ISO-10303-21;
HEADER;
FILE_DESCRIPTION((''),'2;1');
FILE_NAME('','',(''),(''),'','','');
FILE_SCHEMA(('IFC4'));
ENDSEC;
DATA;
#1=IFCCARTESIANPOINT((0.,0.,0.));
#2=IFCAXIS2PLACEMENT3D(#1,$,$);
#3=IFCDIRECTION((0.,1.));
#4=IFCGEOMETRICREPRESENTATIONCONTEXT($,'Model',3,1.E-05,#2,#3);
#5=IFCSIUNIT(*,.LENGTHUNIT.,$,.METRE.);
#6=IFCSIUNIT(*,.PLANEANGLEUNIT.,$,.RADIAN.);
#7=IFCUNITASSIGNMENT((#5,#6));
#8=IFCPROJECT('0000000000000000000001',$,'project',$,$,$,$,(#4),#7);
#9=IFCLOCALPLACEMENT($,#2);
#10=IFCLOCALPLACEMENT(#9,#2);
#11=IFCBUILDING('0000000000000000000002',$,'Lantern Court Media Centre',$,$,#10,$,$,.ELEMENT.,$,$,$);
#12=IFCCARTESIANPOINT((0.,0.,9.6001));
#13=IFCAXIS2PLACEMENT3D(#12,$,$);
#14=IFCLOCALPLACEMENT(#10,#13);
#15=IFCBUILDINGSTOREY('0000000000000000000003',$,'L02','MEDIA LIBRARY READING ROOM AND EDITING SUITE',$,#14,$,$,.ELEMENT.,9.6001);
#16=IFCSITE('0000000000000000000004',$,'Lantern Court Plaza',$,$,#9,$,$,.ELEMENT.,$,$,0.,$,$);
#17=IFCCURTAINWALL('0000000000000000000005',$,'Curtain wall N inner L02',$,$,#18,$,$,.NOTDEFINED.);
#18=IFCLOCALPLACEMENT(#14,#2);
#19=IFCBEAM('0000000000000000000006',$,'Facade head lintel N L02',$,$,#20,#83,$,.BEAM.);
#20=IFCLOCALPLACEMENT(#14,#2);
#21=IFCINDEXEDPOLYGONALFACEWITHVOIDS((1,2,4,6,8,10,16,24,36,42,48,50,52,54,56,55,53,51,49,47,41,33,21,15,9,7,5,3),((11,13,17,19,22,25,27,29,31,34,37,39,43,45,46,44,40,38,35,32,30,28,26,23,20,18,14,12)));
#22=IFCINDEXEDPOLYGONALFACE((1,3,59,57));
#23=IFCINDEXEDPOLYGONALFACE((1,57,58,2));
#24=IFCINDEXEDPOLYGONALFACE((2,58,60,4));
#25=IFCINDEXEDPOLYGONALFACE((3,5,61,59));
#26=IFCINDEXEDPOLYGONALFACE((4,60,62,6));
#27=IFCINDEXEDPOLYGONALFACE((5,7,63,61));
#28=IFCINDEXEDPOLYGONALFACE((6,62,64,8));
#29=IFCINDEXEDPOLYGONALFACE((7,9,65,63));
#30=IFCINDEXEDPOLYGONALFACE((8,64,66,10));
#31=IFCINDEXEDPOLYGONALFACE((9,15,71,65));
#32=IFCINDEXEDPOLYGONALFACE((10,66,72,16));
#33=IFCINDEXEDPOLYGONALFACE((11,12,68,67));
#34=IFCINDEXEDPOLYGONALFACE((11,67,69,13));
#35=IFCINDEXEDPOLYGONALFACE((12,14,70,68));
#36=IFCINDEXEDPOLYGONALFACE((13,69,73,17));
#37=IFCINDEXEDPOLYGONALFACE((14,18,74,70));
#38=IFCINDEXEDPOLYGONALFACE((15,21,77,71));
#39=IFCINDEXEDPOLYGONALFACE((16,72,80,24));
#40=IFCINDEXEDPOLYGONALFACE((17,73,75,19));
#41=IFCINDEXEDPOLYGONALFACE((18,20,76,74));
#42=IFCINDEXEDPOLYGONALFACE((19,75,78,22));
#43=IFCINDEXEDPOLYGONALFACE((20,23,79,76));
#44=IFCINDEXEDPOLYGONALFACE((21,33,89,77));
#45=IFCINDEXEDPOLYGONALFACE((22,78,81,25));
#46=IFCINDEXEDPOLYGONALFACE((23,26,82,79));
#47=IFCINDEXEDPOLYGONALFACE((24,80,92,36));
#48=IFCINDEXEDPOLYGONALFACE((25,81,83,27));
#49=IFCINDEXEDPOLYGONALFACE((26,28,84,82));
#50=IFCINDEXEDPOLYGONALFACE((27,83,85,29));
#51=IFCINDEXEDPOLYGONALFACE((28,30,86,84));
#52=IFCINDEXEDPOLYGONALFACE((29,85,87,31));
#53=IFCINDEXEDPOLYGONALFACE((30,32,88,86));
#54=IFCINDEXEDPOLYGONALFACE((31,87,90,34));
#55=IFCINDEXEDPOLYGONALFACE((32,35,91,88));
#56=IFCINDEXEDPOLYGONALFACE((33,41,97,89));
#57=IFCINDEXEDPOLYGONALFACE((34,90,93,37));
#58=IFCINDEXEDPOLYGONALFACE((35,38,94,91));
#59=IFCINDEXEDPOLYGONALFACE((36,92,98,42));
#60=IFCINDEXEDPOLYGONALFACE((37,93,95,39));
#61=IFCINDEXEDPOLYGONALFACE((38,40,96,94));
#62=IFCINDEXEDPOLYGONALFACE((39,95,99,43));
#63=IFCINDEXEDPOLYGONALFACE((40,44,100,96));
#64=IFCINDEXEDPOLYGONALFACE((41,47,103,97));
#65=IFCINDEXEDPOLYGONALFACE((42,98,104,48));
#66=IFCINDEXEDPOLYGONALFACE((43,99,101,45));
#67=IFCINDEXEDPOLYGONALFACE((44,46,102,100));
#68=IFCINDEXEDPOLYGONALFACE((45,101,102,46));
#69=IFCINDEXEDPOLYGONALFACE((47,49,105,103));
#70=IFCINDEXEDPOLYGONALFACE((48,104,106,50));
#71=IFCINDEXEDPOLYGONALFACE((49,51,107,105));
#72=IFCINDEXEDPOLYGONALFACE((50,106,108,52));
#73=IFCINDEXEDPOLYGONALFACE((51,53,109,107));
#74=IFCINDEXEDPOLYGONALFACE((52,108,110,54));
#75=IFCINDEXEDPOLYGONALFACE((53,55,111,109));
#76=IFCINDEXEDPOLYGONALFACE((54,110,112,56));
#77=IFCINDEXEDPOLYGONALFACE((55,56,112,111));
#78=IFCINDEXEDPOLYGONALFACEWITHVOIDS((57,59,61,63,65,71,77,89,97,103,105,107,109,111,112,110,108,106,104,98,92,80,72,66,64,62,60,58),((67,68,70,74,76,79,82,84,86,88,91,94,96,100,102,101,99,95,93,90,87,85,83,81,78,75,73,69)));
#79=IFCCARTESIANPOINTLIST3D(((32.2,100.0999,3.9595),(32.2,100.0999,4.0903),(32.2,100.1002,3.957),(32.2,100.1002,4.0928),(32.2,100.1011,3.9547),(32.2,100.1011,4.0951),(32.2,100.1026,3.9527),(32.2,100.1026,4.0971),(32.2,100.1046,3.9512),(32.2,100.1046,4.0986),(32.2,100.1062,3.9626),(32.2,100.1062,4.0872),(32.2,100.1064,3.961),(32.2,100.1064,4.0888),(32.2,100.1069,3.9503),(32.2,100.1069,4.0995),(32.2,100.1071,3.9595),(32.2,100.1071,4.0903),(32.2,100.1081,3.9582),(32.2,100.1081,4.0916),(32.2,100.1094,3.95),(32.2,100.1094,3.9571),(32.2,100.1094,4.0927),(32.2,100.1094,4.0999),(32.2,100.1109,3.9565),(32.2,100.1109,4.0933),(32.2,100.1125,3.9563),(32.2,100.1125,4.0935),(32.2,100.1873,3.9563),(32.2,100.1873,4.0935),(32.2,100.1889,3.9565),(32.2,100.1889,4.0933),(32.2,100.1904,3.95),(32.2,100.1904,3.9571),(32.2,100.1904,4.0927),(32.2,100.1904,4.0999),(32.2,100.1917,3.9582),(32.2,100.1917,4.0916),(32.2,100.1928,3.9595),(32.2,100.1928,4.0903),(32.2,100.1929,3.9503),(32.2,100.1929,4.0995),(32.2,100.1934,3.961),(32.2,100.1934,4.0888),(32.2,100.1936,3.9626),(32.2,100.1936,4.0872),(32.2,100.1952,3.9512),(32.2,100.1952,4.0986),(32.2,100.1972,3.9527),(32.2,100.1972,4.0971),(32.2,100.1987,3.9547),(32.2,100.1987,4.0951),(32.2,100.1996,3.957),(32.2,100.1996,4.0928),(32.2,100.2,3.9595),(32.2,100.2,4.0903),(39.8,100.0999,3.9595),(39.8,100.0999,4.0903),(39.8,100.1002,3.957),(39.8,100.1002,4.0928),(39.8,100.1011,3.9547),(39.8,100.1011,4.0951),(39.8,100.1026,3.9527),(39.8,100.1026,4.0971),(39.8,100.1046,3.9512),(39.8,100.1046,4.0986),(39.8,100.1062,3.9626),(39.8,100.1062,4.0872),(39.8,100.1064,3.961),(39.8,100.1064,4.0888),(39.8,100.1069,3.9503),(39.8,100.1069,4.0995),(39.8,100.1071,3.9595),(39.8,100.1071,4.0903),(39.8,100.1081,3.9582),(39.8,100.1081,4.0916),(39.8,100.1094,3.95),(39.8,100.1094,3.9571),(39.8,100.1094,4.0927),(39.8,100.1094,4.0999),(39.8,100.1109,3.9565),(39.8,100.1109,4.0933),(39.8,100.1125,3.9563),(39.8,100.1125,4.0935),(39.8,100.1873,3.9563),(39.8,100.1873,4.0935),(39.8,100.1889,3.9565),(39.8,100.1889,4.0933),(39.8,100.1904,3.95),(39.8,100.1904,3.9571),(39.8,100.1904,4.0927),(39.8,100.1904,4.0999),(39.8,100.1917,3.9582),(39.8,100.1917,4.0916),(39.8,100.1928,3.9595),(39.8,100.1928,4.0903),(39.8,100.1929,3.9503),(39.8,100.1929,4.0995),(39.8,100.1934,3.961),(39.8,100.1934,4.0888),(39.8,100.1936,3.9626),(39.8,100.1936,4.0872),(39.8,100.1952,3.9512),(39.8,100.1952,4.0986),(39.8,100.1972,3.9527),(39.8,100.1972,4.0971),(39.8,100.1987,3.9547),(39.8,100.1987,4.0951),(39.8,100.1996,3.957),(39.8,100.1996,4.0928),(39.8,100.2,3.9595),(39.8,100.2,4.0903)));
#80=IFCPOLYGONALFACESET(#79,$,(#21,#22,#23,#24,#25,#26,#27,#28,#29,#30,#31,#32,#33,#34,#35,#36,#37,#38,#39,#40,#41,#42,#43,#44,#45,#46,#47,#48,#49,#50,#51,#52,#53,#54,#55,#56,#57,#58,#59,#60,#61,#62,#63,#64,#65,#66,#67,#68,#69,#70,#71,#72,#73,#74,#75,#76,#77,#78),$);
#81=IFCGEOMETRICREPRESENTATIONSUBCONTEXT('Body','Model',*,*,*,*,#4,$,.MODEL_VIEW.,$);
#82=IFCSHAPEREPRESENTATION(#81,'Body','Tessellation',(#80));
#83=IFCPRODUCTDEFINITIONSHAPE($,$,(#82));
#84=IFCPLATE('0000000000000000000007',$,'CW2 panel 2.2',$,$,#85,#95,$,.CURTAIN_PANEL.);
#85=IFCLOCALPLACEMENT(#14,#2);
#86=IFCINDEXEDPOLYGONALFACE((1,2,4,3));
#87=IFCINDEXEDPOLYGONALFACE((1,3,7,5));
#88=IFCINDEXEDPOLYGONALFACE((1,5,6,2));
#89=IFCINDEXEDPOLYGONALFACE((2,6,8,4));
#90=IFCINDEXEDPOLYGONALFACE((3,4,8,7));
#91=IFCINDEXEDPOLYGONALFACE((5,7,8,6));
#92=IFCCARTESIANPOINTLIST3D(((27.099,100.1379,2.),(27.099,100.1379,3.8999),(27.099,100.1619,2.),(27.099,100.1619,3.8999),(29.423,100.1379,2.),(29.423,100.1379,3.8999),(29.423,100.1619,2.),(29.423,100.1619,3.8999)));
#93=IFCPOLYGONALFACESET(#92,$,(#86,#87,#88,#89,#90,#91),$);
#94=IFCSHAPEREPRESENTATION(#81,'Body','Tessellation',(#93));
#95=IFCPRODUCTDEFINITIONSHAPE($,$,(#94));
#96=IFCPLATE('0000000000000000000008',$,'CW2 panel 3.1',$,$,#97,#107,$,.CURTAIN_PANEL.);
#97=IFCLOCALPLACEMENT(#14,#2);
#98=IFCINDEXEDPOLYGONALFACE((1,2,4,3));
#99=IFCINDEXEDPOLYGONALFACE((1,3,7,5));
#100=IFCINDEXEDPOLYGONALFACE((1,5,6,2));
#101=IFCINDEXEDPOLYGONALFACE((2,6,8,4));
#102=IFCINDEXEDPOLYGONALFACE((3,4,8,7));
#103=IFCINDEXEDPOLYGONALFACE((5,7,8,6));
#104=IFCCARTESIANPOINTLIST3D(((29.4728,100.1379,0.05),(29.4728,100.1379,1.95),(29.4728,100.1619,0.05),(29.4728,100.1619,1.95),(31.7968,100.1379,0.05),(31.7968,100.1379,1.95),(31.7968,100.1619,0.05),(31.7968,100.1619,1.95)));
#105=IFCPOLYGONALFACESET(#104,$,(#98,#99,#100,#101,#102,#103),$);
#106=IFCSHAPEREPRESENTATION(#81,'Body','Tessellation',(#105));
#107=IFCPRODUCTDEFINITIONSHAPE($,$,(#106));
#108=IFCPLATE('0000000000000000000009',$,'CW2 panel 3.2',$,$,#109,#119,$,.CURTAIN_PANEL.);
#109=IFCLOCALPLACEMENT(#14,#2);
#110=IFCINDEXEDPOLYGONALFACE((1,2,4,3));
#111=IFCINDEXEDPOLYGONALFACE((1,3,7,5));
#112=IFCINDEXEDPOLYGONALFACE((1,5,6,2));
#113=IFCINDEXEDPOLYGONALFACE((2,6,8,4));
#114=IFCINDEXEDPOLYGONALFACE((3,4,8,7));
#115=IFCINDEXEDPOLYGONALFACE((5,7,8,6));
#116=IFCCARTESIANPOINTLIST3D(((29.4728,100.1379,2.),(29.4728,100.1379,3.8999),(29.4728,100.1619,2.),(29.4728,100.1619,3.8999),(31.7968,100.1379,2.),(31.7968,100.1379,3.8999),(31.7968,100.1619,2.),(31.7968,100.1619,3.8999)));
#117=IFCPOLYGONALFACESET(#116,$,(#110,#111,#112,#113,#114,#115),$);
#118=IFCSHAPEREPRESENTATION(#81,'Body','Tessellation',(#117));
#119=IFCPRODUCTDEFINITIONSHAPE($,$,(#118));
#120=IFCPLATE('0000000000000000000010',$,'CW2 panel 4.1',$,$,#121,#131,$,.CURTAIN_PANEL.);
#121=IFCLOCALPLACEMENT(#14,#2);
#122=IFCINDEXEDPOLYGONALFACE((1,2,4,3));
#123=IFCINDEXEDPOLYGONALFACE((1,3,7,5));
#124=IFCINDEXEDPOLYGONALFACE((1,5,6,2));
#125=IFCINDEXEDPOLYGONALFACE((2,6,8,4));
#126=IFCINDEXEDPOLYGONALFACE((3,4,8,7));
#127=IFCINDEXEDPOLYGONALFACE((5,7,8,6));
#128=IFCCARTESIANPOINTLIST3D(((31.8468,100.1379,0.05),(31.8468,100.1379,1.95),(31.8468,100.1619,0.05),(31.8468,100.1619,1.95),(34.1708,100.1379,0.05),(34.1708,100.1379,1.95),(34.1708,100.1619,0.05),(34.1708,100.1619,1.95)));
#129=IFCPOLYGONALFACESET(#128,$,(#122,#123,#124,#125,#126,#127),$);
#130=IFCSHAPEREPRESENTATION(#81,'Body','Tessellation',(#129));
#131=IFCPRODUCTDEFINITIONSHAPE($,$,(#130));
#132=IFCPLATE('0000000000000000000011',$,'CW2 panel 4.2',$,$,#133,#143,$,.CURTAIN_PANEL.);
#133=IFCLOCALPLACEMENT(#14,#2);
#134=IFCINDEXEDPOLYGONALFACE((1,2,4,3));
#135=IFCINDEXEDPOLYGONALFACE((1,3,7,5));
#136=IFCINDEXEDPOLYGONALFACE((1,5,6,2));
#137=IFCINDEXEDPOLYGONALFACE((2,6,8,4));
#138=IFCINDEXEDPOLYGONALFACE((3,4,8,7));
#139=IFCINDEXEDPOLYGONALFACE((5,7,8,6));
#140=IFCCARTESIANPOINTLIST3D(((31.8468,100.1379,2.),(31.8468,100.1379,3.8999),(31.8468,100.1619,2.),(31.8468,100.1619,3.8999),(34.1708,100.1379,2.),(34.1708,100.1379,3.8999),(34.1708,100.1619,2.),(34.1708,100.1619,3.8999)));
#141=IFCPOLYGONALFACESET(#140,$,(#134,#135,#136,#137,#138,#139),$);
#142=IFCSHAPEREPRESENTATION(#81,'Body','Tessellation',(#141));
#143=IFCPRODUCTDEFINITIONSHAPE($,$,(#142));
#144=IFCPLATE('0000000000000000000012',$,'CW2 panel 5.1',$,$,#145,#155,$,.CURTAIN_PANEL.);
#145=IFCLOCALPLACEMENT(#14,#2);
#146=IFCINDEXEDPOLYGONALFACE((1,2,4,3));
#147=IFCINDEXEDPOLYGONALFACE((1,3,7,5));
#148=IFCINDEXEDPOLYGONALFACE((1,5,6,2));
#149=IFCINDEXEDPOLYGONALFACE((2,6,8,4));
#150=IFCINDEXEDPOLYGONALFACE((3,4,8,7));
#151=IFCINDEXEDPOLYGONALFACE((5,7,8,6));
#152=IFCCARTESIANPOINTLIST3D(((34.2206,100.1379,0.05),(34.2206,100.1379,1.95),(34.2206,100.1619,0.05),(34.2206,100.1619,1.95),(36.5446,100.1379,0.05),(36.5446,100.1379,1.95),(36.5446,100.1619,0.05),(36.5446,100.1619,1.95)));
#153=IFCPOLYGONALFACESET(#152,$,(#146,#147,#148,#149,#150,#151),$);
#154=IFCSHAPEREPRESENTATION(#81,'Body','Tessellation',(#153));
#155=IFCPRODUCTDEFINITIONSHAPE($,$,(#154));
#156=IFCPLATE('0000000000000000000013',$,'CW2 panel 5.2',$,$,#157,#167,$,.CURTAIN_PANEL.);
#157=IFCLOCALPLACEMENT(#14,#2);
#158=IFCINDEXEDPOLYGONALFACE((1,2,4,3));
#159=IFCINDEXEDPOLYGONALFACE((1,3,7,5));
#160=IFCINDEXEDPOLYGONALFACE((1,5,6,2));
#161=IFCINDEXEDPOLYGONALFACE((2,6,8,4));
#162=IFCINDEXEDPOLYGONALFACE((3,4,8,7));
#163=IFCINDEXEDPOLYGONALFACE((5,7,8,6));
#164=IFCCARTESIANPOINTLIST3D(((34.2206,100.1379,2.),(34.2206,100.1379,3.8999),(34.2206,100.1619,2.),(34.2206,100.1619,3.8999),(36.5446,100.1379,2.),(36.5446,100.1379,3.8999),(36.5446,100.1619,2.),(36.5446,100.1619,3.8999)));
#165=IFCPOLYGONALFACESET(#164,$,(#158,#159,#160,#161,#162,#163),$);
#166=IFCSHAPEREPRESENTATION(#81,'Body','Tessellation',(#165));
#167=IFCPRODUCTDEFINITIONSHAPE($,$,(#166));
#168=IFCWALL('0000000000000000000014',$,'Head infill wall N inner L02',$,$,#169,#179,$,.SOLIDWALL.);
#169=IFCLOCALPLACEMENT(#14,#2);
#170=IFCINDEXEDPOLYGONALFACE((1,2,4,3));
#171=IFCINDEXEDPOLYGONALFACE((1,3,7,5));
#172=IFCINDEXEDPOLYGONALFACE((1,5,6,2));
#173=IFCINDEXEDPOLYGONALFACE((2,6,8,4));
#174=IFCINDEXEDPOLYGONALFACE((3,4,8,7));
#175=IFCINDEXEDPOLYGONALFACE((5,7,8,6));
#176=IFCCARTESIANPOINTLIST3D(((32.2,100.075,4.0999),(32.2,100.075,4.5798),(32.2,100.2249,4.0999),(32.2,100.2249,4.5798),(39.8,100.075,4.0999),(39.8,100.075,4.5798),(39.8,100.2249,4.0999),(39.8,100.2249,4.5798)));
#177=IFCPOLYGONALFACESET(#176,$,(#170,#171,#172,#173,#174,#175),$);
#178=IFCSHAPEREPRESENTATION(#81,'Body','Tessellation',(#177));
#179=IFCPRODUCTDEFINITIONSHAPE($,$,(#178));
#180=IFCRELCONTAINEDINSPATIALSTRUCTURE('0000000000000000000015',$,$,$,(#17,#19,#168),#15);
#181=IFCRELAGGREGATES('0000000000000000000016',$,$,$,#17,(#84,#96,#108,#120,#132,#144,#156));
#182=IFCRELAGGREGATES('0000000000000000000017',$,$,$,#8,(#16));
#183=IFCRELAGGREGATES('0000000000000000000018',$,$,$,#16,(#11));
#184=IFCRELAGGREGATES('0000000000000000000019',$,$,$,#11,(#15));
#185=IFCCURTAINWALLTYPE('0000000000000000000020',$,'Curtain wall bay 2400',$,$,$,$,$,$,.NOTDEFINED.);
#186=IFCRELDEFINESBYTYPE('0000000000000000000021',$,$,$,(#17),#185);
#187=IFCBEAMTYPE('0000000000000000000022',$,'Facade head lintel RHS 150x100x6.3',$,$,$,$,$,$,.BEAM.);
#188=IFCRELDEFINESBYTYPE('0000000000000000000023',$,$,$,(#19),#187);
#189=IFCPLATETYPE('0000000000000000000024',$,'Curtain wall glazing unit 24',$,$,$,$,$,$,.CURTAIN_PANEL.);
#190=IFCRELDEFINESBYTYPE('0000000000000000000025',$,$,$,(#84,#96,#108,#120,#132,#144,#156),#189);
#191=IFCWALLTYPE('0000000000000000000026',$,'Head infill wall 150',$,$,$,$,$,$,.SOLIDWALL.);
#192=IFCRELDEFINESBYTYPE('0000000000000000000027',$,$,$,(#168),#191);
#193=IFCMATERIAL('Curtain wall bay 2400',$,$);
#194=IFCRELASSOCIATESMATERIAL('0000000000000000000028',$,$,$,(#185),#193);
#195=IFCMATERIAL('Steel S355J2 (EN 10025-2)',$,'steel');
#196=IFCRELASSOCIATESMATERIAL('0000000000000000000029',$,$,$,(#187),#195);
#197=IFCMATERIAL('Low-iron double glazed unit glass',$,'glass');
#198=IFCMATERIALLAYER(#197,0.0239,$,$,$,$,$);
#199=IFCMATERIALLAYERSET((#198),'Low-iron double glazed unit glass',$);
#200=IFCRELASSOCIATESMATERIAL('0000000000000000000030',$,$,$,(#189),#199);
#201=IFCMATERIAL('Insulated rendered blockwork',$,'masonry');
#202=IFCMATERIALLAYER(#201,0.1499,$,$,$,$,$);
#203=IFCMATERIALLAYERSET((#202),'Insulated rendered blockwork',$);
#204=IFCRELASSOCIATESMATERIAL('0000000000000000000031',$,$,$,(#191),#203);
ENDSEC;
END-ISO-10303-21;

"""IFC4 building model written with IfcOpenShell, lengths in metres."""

from ifc_helpers import new_model, si_unit, direction, frame, frame_2d, origin, origin_2d, place, context, subcontext, project, spatial, rectangle, hollow_rectangle, extrude, material, layer, layer_set, material_profile, profile_set, type_object, element, aggregate, save


model = new_model("IFC4")

# Units and contexts
model_context = context("Model", 3, precision=1e-05, world=origin(), true_north=direction((0.0, 1.0)))
body_context = subcontext(model_context, "Body", "Model", "MODEL_VIEW")
ifc_project = project(units=[si_unit("LENGTHUNIT", "METRE"), si_unit("PLANEANGLEUNIT", "RADIAN")], contexts=[model_context])

# Site, building, storey
site_placement = place(None, origin())
site = spatial("IfcSite", under=ifc_project, at=site_placement, Name="Lantern Court Plaza", CompositionType="ELEMENT", RefElevation=0.0)
building_placement = place(site_placement, origin())
building = spatial("IfcBuilding", under=site, at=building_placement, Name="Lantern Court Media Centre", CompositionType="ELEMENT")
storey_placement = place(building_placement, frame((0.0, 0.0, 9.6001)))
storey = spatial("IfcBuildingStorey", under=building, at=storey_placement, Name="L02", Description="MEDIA LIBRARY READING ROOM AND EDITING SUITE", CompositionType="ELEMENT", Elevation=9.6001)

# Curtain wall
ifc_material_1 = material(Name="Curtain wall bay 2400")
curtain_wall_type = type_object("IfcCurtainWallType", Name="Curtain wall bay 2400", PredefinedType="NOTDEFINED", material=ifc_material_1)
curtain_wall_placement = place(storey_placement, origin())
curtain_wall = element("IfcCurtainWall", 1, at=curtain_wall_placement, inside=storey, type_object=curtain_wall_type, Name="Curtain wall N inner L02", PredefinedType="NOTDEFINED")

# Beam
ifc_material_2 = material(Name="Steel S355J2 (EN 10025-2)", Category="steel")
ifc_material_profile_1 = material_profile(ifc_material_2, hollow_rectangle(XDim=0.1001, YDim=0.1499, WallThickness=0.0063, InnerFilletRadius=0.0063, OuterFilletRadius=0.0095, at=origin_2d()), Name="Facade head lintel RHS 150x100x6.3")
ifc_profile_set_1 = profile_set([ifc_material_profile_1], Name="Steel S355J2 (EN 10025-2)")
beam_type = type_object("IfcBeamType", Name="Facade head lintel RHS 150x100x6.3", PredefinedType="BEAM", material=ifc_profile_set_1)
beam_placement = place(storey_placement, frame((32.2, 100.1499, 4.0249), z_axis=(1.0, 0.0, 0.0), x_axis=(0.0, 1.0, 0.0)))
element("IfcBeam", 2, at=beam_placement, inside=storey, type_object=beam_type, Name="Facade head lintel N L02", PredefinedType="BEAM", context=body_context, shape_type="SweptSolid", body=[
    extrude(hollow_rectangle(XDim=0.1001, YDim=0.1499, WallThickness=0.0063, InnerFilletRadius=0.0063, OuterFilletRadius=0.0095, at=origin_2d()), origin(), (0.0, 0.0, 1.0), 7.6001),
])

# Plates
ifc_material_3 = material(Name="Low-iron double glazed unit glass", Category="glass")
ifc_layer_1 = layer(ifc_material_3, 0.0239)
ifc_layer_set_1 = layer_set([ifc_layer_1], Name="Low-iron double glazed unit glass")
plate_type = type_object("IfcPlateType", Name="Curtain wall glazing unit 24", PredefinedType="CURTAIN_PANEL", material=ifc_layer_set_1)
plate_1_placement = place(storey_placement, frame((28.261, 100.1499, 2.0), z_axis=(0.0, 0.0, 1.0), x_axis=(1.0, 0.0, 0.0)))
plate_1 = element("IfcPlate", 3, at=plate_1_placement, type_object=plate_type, Name="CW2 panel 2.2", PredefinedType="CURTAIN_PANEL", context=body_context, shape_type="SweptSolid", body=[
    extrude(rectangle(XDim=2.324, YDim=0.0239, at=origin_2d()), origin(), (0.0, 0.0, 1.0), 1.8999),
])
plate_2_placement = place(storey_placement, frame((30.6348, 100.1499, 0.05), z_axis=(0.0, 0.0, 1.0), x_axis=(1.0, 0.0, 0.0)))
plate_2 = element("IfcPlate", 4, at=plate_2_placement, type_object=plate_type, Name="CW2 panel 3.1", PredefinedType="CURTAIN_PANEL", context=body_context, shape_type="SweptSolid", body=[
    extrude(rectangle(XDim=2.324, YDim=0.0239, at=origin_2d()), origin(), (0.0, 0.0, 1.0), 1.8999),
])
plate_3_placement = place(storey_placement, frame((30.6348, 100.1499, 2.0), z_axis=(0.0, 0.0, 1.0), x_axis=(1.0, 0.0, 0.0)))
plate_3 = element("IfcPlate", 5, at=plate_3_placement, type_object=plate_type, Name="CW2 panel 3.2", PredefinedType="CURTAIN_PANEL", context=body_context, shape_type="SweptSolid", body=[
    extrude(rectangle(XDim=2.324, YDim=0.0239, at=origin_2d()), origin(), (0.0, 0.0, 1.0), 1.8999),
])
plate_4_placement = place(storey_placement, frame((33.0088, 100.1499, 0.05), z_axis=(0.0, 0.0, 1.0), x_axis=(1.0, 0.0, 0.0)))
plate_4 = element("IfcPlate", 6, at=plate_4_placement, type_object=plate_type, Name="CW2 panel 4.1", PredefinedType="CURTAIN_PANEL", context=body_context, shape_type="SweptSolid", body=[
    extrude(rectangle(XDim=2.324, YDim=0.0239, at=origin_2d()), origin(), (0.0, 0.0, 1.0), 1.8999),
])
plate_5_placement = place(storey_placement, frame((33.0088, 100.1499, 2.0), z_axis=(0.0, 0.0, 1.0), x_axis=(1.0, 0.0, 0.0)))
plate_5 = element("IfcPlate", 7, at=plate_5_placement, type_object=plate_type, Name="CW2 panel 4.2", PredefinedType="CURTAIN_PANEL", context=body_context, shape_type="SweptSolid", body=[
    extrude(rectangle(XDim=2.324, YDim=0.0239, at=origin_2d()), origin(), (0.0, 0.0, 1.0), 1.8999),
])
plate_6_placement = place(storey_placement, frame((35.3826, 100.1499, 0.05), z_axis=(0.0, 0.0, 1.0), x_axis=(1.0, 0.0, 0.0)))
plate_6 = element("IfcPlate", 8, at=plate_6_placement, type_object=plate_type, Name="CW2 panel 5.1", PredefinedType="CURTAIN_PANEL", context=body_context, shape_type="SweptSolid", body=[
    extrude(rectangle(XDim=2.324, YDim=0.0239, at=origin_2d()), origin(), (0.0, 0.0, 1.0), 1.8999),
])
plate_7_placement = place(storey_placement, frame((35.3826, 100.1499, 2.0), z_axis=(0.0, 0.0, 1.0), x_axis=(1.0, 0.0, 0.0)))
plate_7 = element("IfcPlate", 9, at=plate_7_placement, type_object=plate_type, Name="CW2 panel 5.2", PredefinedType="CURTAIN_PANEL", context=body_context, shape_type="SweptSolid", body=[
    extrude(rectangle(XDim=2.324, YDim=0.0239, at=origin_2d()), origin(), (0.0, 0.0, 1.0), 1.8999),
])
aggregate(curtain_wall, [plate_1, plate_2, plate_3, plate_4, plate_5, plate_6, plate_7])

# Wall
ifc_material_4 = material(Name="Insulated rendered blockwork", Category="masonry")
ifc_layer_2 = layer(ifc_material_4, 0.1499)
ifc_layer_set_2 = layer_set([ifc_layer_2], Name="Insulated rendered blockwork")
wall_type = type_object("IfcWallType", Name="Head infill wall 150", PredefinedType="SOLIDWALL", material=ifc_layer_set_2)
wall_placement = place(storey_placement, frame((32.2, 100.1499, 4.0999), z_axis=(0.0, 0.0, 1.0), x_axis=(1.0, 0.0, 0.0)))
element("IfcWall", 10, at=wall_placement, inside=storey, type_object=wall_type, Name="Head infill wall N inner L02", PredefinedType="SOLIDWALL", context=body_context, shape_type="SweptSolid", body=[
    extrude(rectangle(XDim=7.6001, YDim=0.1499, at=frame_2d((3.8, 0.0))), origin(), (0.0, 0.0, 1.0), 0.48),
])

save(model, "model.ifc")
